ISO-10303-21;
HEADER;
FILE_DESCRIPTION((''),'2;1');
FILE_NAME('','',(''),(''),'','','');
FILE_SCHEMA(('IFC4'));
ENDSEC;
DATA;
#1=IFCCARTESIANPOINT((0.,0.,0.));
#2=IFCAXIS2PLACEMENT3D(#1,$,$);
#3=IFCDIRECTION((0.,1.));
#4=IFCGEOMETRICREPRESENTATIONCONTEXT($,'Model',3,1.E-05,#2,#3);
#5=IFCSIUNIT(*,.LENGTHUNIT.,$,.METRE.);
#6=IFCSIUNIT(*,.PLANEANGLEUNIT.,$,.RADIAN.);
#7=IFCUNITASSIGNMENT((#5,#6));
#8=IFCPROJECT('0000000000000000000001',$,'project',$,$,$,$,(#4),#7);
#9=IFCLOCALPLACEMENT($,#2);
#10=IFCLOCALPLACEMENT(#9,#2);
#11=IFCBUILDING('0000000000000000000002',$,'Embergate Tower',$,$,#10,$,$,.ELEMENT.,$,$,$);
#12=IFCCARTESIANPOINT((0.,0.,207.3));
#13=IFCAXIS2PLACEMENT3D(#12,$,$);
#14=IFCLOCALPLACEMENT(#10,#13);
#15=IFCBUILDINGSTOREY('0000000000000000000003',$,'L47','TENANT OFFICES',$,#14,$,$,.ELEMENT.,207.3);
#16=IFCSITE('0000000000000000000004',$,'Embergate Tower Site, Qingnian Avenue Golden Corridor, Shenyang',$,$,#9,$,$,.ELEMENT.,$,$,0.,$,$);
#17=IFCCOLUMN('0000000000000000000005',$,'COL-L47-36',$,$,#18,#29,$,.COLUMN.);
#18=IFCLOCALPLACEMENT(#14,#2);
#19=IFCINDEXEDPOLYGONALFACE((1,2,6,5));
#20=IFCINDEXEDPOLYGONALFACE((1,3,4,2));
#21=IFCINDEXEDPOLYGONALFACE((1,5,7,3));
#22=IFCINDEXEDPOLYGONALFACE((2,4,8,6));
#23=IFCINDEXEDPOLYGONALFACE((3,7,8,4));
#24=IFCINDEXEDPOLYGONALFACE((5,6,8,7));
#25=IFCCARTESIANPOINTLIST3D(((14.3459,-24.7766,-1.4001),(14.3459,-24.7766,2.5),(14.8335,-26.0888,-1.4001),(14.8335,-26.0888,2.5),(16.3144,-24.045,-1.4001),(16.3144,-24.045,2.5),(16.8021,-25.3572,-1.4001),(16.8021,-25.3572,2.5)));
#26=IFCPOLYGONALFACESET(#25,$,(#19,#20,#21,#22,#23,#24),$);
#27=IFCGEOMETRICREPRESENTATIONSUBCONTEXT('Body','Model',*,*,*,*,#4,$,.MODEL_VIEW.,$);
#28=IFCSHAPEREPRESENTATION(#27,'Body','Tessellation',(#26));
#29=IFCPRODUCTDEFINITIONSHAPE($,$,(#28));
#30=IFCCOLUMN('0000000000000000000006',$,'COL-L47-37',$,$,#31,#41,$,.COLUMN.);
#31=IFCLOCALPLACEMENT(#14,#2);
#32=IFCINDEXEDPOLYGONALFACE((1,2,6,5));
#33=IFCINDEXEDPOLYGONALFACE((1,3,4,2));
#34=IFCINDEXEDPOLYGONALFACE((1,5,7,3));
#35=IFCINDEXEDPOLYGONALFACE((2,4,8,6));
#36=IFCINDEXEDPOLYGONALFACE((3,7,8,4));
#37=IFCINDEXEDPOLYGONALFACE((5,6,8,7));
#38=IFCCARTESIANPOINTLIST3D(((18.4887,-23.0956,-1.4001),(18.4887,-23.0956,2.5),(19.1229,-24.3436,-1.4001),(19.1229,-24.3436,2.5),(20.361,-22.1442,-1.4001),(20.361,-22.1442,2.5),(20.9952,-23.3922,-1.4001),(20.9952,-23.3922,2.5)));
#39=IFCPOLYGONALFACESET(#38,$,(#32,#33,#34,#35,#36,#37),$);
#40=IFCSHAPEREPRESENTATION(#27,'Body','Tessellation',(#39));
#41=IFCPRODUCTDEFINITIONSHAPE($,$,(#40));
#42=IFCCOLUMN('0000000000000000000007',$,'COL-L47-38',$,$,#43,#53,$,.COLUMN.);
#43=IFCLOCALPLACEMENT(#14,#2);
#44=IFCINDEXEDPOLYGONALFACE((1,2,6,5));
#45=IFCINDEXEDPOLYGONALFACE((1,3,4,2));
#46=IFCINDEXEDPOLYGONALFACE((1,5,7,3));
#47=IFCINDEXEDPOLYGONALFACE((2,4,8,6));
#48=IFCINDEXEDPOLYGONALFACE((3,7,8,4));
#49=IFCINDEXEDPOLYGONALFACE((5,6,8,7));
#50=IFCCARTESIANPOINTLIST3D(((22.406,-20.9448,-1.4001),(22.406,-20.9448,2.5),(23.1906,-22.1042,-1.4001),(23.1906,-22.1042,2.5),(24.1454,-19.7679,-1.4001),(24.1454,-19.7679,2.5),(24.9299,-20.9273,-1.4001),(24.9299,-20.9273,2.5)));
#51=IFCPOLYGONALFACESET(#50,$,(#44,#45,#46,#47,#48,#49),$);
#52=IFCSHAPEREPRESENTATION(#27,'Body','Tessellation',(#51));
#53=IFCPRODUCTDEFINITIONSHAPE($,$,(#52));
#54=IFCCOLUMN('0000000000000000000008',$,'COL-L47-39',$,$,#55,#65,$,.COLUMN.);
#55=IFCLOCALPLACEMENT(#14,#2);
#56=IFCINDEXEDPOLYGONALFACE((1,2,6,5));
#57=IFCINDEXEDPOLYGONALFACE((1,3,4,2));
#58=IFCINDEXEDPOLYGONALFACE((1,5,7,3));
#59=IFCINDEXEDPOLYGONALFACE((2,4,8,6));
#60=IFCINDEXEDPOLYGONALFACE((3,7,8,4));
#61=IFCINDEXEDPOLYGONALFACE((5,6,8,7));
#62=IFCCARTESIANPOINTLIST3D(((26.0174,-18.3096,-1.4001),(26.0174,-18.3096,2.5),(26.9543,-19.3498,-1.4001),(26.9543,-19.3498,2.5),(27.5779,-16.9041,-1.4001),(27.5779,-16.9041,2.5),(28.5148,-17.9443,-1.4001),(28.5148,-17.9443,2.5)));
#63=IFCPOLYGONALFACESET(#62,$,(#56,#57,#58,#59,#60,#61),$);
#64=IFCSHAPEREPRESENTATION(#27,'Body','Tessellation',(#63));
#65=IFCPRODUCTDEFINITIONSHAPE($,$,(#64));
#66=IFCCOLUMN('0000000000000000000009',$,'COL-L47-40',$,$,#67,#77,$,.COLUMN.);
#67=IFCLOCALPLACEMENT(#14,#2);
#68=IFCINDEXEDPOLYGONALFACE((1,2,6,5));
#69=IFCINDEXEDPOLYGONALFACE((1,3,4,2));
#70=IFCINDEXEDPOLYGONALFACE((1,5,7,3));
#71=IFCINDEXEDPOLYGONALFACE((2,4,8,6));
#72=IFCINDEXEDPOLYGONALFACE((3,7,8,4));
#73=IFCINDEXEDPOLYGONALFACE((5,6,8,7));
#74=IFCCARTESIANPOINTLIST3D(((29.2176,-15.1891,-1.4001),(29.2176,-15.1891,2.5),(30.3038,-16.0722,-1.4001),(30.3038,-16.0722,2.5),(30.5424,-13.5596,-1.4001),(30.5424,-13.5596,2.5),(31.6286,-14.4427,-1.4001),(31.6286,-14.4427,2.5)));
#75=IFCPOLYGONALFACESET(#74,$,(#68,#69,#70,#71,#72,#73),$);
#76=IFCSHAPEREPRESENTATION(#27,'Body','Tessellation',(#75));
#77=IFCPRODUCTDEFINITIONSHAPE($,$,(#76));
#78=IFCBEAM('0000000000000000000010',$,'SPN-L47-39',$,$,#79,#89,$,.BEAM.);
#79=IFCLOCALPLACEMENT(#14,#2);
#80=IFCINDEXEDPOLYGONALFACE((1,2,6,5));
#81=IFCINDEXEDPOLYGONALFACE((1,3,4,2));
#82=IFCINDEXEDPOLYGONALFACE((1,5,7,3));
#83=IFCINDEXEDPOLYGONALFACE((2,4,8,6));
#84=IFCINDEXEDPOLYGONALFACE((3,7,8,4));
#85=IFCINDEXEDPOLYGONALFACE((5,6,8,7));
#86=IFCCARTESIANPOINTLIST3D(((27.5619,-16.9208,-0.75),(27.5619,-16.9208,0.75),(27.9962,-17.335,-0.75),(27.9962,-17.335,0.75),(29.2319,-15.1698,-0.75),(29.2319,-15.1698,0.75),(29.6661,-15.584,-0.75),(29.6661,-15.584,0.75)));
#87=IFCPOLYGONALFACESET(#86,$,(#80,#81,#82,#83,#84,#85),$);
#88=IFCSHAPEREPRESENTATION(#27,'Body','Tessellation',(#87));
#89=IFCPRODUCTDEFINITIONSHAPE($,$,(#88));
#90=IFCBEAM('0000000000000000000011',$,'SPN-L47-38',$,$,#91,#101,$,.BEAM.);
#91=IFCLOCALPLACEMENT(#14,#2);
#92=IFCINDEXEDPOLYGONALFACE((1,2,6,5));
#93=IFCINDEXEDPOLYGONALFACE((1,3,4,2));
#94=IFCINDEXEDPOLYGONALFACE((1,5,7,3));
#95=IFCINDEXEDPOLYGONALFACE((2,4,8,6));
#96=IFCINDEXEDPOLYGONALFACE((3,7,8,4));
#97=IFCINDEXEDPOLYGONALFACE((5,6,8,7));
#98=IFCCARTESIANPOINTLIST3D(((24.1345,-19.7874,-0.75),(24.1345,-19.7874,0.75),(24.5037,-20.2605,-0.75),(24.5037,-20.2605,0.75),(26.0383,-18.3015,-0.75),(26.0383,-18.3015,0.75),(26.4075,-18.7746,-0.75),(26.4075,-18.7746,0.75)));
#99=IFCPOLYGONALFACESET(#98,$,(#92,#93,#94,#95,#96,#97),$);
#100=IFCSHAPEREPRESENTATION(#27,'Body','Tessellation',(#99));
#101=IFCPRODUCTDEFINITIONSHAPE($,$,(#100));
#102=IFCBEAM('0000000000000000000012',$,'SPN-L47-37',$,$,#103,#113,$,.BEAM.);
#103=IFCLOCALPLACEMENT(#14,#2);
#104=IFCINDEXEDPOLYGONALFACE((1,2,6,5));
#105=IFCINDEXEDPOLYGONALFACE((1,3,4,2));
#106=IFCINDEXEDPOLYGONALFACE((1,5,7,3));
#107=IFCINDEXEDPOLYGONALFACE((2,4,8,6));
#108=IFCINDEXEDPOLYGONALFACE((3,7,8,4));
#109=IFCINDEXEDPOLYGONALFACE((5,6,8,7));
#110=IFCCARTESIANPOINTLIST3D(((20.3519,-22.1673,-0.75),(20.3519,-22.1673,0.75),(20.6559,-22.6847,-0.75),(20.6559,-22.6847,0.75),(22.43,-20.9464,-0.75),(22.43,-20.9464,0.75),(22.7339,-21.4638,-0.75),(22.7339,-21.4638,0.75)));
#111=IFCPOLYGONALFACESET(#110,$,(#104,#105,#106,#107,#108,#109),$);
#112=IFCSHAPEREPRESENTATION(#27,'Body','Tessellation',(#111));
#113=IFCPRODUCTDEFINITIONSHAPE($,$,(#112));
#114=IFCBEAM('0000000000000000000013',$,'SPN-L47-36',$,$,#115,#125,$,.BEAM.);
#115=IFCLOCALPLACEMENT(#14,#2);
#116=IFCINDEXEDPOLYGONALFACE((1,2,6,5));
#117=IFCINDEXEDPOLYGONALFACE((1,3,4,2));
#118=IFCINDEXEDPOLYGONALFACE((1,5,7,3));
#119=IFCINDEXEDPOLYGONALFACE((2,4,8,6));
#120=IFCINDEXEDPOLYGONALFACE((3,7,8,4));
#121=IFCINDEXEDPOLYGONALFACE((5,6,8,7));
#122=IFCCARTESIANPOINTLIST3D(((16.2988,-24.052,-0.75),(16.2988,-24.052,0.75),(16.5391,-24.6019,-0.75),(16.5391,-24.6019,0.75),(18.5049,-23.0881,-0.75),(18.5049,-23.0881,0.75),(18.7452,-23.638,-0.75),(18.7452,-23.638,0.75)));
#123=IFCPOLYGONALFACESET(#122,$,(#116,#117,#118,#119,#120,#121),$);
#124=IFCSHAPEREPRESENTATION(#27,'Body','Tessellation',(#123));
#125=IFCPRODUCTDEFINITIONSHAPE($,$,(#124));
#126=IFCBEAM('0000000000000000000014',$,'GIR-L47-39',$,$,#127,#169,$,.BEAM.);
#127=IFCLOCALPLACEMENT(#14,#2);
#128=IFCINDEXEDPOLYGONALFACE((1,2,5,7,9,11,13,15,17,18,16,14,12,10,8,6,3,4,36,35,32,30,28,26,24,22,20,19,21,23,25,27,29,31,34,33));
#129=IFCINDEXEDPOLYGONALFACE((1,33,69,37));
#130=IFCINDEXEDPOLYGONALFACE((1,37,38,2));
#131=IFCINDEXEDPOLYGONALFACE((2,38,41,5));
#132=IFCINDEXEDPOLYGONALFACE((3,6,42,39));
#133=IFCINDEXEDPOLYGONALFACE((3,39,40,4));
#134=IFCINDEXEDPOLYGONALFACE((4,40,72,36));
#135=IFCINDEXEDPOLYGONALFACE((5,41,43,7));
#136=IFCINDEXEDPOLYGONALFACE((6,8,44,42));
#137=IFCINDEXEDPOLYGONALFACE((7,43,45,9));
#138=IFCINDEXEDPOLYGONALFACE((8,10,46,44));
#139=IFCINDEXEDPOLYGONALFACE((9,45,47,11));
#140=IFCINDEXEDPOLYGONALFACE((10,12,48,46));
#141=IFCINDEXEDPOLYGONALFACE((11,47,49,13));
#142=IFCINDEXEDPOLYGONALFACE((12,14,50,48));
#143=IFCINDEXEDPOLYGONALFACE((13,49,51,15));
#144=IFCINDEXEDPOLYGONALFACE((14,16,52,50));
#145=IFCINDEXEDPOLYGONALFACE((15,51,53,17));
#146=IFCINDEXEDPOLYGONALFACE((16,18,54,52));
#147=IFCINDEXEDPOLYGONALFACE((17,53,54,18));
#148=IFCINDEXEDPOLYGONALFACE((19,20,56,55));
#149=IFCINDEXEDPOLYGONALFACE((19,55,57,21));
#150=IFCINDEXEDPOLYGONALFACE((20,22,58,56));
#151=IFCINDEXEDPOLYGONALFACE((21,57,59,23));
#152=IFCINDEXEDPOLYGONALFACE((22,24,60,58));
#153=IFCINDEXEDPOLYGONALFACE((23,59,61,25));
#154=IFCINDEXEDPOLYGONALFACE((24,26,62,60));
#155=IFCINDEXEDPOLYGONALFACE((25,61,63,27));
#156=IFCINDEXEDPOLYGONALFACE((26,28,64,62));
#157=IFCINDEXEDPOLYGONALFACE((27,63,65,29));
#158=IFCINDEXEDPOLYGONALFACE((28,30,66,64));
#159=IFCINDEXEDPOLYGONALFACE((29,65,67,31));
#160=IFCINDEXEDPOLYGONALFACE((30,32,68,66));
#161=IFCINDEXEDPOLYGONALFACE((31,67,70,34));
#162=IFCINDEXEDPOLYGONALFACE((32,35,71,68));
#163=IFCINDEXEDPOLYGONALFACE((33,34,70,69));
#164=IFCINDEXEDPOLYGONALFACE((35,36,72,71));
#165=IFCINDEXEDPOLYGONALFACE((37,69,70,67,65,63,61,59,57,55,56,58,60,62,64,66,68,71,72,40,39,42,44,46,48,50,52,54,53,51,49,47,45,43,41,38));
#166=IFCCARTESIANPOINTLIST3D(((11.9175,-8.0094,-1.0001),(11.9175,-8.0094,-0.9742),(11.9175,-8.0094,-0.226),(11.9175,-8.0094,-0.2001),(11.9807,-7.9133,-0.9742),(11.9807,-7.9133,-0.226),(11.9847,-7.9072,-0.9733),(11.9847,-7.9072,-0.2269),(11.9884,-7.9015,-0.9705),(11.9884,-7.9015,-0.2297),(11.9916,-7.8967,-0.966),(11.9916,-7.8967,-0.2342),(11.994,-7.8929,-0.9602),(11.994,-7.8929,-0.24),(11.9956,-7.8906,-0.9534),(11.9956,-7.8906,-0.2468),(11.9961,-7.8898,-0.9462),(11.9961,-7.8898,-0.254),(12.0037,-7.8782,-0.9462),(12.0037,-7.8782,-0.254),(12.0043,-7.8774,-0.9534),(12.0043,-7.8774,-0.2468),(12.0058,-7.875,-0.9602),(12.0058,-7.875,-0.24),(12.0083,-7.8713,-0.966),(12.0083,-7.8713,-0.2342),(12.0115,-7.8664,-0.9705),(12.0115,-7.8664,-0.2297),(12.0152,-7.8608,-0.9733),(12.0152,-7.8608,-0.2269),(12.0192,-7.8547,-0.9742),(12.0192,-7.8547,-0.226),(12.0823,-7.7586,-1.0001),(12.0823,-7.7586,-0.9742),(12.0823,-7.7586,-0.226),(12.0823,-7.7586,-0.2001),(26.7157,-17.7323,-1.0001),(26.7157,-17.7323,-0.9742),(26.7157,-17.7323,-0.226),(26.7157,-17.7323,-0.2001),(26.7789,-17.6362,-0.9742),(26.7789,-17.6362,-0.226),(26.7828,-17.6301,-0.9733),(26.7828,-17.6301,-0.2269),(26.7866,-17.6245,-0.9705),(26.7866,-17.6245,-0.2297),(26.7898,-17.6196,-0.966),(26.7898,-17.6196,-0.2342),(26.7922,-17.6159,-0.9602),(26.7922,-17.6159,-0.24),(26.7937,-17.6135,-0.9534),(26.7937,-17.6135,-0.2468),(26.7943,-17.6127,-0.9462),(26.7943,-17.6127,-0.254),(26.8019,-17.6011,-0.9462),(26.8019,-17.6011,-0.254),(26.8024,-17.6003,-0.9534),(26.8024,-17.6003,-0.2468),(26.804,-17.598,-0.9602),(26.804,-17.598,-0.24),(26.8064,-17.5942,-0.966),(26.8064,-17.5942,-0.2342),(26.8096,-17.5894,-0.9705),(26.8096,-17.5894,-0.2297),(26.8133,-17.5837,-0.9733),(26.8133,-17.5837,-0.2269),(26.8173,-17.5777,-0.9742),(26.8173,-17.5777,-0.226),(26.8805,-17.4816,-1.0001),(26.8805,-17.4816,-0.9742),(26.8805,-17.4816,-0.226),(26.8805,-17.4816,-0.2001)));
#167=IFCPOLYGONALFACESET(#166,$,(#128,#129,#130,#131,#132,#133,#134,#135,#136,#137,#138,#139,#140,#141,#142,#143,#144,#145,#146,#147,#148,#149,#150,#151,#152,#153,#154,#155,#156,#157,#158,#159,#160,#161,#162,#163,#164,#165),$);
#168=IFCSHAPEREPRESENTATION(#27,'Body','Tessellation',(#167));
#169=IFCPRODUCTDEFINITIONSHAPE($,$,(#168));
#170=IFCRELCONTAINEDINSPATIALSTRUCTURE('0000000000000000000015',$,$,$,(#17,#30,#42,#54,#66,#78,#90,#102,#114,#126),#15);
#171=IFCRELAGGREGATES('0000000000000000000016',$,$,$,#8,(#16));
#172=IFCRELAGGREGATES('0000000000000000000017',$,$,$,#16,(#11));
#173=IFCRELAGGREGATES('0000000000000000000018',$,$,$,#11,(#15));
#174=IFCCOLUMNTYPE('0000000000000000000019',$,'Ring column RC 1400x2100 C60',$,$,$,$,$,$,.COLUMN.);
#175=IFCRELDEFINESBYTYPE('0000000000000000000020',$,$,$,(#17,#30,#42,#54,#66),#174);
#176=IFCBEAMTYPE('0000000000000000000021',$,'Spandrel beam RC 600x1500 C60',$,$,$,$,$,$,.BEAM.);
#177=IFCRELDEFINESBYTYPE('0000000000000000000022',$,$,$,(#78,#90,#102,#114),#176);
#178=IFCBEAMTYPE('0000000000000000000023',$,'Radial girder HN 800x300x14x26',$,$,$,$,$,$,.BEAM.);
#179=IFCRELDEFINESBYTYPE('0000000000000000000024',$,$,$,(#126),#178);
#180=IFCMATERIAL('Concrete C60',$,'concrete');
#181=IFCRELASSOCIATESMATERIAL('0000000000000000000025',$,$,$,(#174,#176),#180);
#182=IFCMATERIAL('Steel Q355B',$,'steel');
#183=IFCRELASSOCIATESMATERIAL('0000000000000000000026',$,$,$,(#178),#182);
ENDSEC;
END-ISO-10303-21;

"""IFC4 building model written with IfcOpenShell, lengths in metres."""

from ifc_helpers import new_model, si_unit, direction, frame, origin, origin_2d, place, context, subcontext, project, spatial, rectangle, i_section, extrude, source, transform, mapped, material, material_profile, profile_set, type_object, element, save


model = new_model("IFC4")

# Units and contexts
model_context = context("Model", 3, precision=1e-05, world=origin(), true_north=direction((0.0, 1.0)))
body_context = subcontext(model_context, "Body", "Model", "MODEL_VIEW")
ifc_project = project(units=[si_unit("LENGTHUNIT", "METRE"), si_unit("PLANEANGLEUNIT", "RADIAN")], contexts=[model_context])

# Site, building, storey
site_placement = place(None, origin())
site = spatial("IfcSite", under=ifc_project, at=site_placement, Name="Embergate Tower Site, Qingnian Avenue Golden Corridor, Shenyang", CompositionType="ELEMENT", RefElevation=0.0)
building_placement = place(site_placement, origin())
building = spatial("IfcBuilding", under=site, at=building_placement, Name="Embergate Tower", CompositionType="ELEMENT")
storey_placement = place(building_placement, frame((0.0, 0.0, 207.3)))
storey = spatial("IfcBuildingStorey", under=building, at=storey_placement, Name="L47", Description="TENANT OFFICES", CompositionType="ELEMENT", Elevation=207.3)

# Columns
ifc_material_1 = material(Name="Concrete C60", Category="concrete")
ifc_material_profile_1 = material_profile(ifc_material_1, rectangle(XDim=1.3999, YDim=2.1001, at=origin_2d()), Name="RC 1400x2100")
ifc_profile_set_1 = profile_set([ifc_material_profile_1], Name="Concrete C60")
column_type = type_object("IfcColumnType", Name="Ring column RC 1400x2100 C60", PredefinedType="COLUMN", material=ifc_profile_set_1)
shared_shape_1 = source(origin(), body_context, "Body", "SweptSolid", [
    extrude(rectangle(XDim=1.3999, YDim=2.1001, at=origin_2d()), origin(), (0.0, 0.0, 1.0), 3.9001),
])
for number, where, z_axis, x_axis, name in (
    (1, (15.574, -25.0669, -1.4001), (0.0, 0.0, 1.0), (0.348359, -0.937361, 0.0), "COL-L47-36"),
    (2, (19.7419, -23.2439, -1.4001), (0.0, 0.0, 1.0), (0.453011, -0.891505, 0.0), "COL-L47-37"),
    (3, (23.668, -20.936, -1.4001), (0.0, 0.0, 1.0), (0.560408, -0.828217, 0.0), "COL-L47-38"),
    (4, (27.2661, -18.127, -1.4001), (0.0, 0.0, 1.0), (0.669221, -0.743063, 0.0), "COL-L47-39"),
    (5, (30.4231, -14.8159, -1.4001), (0.0, 0.0, 1.0), (0.775925, -0.630825, 0.0), "COL-L47-40"),
):
    element("IfcColumn", number, at=place(storey_placement, frame(where, z_axis=z_axis, x_axis=x_axis)), inside=storey, type_object=column_type, Name=name, PredefinedType="COLUMN", context=body_context, shape_type="MappedRepresentation", body=[
        mapped(shared_shape_1, transform((0.0, 0.0, 0.0))),
    ])

# Beams
ifc_material_profile_2 = material_profile(ifc_material_1, rectangle(XDim=0.6001, YDim=1.5, at=origin_2d()), Name="RC 600x1500")
ifc_profile_set_2 = profile_set([ifc_material_profile_2], Name="Concrete C60")
beam_type_1 = type_object("IfcBeamType", Name="Spandrel beam RC 600x1500 C60", PredefinedType="BEAM", material=ifc_profile_set_2)
shared_shape_2 = source(origin(), body_context, "Body", "SweptSolid", [
    extrude(rectangle(XDim=0.6001, YDim=1.5, at=origin_2d()), origin(), (0.0, 0.0, 1.0), 2.4197),
])
beam_1_placement = place(storey_placement, frame((27.7791, -17.1279, 0.0), z_axis=(0.690159, 0.723658, 0.0), x_axis=(-0.723658, 0.690159, 0.0)))
element("IfcBeam", 6, at=beam_1_placement, inside=storey, type_object=beam_type_1, Name="SPN-L47-39", PredefinedType="BEAM", context=body_context, shape_type="MappedRepresentation", body=[
    mapped(shared_shape_2, transform((0.0, 0.0, 0.0))),
])
shared_shape_3 = source(origin(), body_context, "Body", "SweptSolid", [
    extrude(rectangle(XDim=0.6001, YDim=1.5, at=origin_2d()), origin(), (0.0, 0.0, 1.0), 2.415),
])
beam_2_placement = place(storey_placement, frame((24.3191, -20.0239, 0.0), z_axis=(0.788328, 0.615256, 0.0), x_axis=(-0.615256, 0.788328, 0.0)))
element("IfcBeam", 7, at=beam_2_placement, inside=storey, type_object=beam_type_1, Name="SPN-L47-38", PredefinedType="BEAM", context=body_context, shape_type="MappedRepresentation", body=[
    mapped(shared_shape_3, transform((0.0, 0.0, 0.0))),
])
shared_shape_4 = source(origin(), body_context, "Body", "SweptSolid", [
    extrude(rectangle(XDim=0.6001, YDim=1.5, at=origin_2d()), origin(), (0.0, 0.0, 1.0), 2.4102),
])
beam_3_placement = place(storey_placement, frame((20.5039, -22.426, 0.0), z_axis=(0.862202, 0.506564, 0.0), x_axis=(-0.506564, 0.862202, 0.0)))
element("IfcBeam", 8, at=beam_3_placement, inside=storey, type_object=beam_type_1, Name="SPN-L47-37", PredefinedType="BEAM", context=body_context, shape_type="MappedRepresentation", body=[
    mapped(shared_shape_4, transform((0.0, 0.0, 0.0))),
])
shared_shape_5 = source(origin(), body_context, "Body", "SweptSolid", [
    extrude(rectangle(XDim=0.6001, YDim=1.5, at=origin_2d()), origin(), (0.0, 0.0, 1.0), 2.4075),
])
beam_4_placement = place(storey_placement, frame((16.4189, -24.3269, 0.0), z_axis=(0.916353, 0.400372, 0.0), x_axis=(-0.400372, 0.916353, 0.0)))
element("IfcBeam", 9, at=beam_4_placement, inside=storey, type_object=beam_type_1, Name="SPN-L47-36", PredefinedType="BEAM", context=body_context, shape_type="MappedRepresentation", body=[
    mapped(shared_shape_5, transform((0.0, 0.0, 0.0))),
])
ifc_material_2 = material(Name="Steel Q355B", Category="steel")
ifc_material_profile_3 = material_profile(ifc_material_2, i_section(OverallWidth=0.3, OverallDepth=0.8, WebThickness=0.0139, FlangeThickness=0.0259, FilletRadius=0.0281, at=origin_2d()), Name="HN 800x300x14x26")
ifc_profile_set_3 = profile_set([ifc_material_profile_3], Name="Steel Q355 grade B")
beam_type_2 = type_object("IfcBeamType", Name="Radial girder HN 800x300x14x26", PredefinedType="BEAM", material=ifc_profile_set_3)
shared_shape_6 = source(origin(), body_context, "Body", "SweptSolid", [
    extrude(i_section(OverallWidth=0.3, OverallDepth=0.8, WebThickness=0.0139, FlangeThickness=0.0259, FilletRadius=0.0281, at=origin_2d()), origin(), (0.0, 0.0, 1.0), 17.7065),
])
beam_5_placement = place(storey_placement, frame((26.7981, -17.6069, -0.6001), z_axis=(-0.835746, 0.549116, 0.0), x_axis=(-0.549116, -0.835746, 0.0)))
element("IfcBeam", 10, at=beam_5_placement, inside=storey, type_object=beam_type_2, Name="GIR-L47-39", PredefinedType="BEAM", context=body_context, shape_type="MappedRepresentation", body=[
    mapped(shared_shape_6, transform((0.0, 0.0, 0.0))),
])

save(model, "model.ifc")
